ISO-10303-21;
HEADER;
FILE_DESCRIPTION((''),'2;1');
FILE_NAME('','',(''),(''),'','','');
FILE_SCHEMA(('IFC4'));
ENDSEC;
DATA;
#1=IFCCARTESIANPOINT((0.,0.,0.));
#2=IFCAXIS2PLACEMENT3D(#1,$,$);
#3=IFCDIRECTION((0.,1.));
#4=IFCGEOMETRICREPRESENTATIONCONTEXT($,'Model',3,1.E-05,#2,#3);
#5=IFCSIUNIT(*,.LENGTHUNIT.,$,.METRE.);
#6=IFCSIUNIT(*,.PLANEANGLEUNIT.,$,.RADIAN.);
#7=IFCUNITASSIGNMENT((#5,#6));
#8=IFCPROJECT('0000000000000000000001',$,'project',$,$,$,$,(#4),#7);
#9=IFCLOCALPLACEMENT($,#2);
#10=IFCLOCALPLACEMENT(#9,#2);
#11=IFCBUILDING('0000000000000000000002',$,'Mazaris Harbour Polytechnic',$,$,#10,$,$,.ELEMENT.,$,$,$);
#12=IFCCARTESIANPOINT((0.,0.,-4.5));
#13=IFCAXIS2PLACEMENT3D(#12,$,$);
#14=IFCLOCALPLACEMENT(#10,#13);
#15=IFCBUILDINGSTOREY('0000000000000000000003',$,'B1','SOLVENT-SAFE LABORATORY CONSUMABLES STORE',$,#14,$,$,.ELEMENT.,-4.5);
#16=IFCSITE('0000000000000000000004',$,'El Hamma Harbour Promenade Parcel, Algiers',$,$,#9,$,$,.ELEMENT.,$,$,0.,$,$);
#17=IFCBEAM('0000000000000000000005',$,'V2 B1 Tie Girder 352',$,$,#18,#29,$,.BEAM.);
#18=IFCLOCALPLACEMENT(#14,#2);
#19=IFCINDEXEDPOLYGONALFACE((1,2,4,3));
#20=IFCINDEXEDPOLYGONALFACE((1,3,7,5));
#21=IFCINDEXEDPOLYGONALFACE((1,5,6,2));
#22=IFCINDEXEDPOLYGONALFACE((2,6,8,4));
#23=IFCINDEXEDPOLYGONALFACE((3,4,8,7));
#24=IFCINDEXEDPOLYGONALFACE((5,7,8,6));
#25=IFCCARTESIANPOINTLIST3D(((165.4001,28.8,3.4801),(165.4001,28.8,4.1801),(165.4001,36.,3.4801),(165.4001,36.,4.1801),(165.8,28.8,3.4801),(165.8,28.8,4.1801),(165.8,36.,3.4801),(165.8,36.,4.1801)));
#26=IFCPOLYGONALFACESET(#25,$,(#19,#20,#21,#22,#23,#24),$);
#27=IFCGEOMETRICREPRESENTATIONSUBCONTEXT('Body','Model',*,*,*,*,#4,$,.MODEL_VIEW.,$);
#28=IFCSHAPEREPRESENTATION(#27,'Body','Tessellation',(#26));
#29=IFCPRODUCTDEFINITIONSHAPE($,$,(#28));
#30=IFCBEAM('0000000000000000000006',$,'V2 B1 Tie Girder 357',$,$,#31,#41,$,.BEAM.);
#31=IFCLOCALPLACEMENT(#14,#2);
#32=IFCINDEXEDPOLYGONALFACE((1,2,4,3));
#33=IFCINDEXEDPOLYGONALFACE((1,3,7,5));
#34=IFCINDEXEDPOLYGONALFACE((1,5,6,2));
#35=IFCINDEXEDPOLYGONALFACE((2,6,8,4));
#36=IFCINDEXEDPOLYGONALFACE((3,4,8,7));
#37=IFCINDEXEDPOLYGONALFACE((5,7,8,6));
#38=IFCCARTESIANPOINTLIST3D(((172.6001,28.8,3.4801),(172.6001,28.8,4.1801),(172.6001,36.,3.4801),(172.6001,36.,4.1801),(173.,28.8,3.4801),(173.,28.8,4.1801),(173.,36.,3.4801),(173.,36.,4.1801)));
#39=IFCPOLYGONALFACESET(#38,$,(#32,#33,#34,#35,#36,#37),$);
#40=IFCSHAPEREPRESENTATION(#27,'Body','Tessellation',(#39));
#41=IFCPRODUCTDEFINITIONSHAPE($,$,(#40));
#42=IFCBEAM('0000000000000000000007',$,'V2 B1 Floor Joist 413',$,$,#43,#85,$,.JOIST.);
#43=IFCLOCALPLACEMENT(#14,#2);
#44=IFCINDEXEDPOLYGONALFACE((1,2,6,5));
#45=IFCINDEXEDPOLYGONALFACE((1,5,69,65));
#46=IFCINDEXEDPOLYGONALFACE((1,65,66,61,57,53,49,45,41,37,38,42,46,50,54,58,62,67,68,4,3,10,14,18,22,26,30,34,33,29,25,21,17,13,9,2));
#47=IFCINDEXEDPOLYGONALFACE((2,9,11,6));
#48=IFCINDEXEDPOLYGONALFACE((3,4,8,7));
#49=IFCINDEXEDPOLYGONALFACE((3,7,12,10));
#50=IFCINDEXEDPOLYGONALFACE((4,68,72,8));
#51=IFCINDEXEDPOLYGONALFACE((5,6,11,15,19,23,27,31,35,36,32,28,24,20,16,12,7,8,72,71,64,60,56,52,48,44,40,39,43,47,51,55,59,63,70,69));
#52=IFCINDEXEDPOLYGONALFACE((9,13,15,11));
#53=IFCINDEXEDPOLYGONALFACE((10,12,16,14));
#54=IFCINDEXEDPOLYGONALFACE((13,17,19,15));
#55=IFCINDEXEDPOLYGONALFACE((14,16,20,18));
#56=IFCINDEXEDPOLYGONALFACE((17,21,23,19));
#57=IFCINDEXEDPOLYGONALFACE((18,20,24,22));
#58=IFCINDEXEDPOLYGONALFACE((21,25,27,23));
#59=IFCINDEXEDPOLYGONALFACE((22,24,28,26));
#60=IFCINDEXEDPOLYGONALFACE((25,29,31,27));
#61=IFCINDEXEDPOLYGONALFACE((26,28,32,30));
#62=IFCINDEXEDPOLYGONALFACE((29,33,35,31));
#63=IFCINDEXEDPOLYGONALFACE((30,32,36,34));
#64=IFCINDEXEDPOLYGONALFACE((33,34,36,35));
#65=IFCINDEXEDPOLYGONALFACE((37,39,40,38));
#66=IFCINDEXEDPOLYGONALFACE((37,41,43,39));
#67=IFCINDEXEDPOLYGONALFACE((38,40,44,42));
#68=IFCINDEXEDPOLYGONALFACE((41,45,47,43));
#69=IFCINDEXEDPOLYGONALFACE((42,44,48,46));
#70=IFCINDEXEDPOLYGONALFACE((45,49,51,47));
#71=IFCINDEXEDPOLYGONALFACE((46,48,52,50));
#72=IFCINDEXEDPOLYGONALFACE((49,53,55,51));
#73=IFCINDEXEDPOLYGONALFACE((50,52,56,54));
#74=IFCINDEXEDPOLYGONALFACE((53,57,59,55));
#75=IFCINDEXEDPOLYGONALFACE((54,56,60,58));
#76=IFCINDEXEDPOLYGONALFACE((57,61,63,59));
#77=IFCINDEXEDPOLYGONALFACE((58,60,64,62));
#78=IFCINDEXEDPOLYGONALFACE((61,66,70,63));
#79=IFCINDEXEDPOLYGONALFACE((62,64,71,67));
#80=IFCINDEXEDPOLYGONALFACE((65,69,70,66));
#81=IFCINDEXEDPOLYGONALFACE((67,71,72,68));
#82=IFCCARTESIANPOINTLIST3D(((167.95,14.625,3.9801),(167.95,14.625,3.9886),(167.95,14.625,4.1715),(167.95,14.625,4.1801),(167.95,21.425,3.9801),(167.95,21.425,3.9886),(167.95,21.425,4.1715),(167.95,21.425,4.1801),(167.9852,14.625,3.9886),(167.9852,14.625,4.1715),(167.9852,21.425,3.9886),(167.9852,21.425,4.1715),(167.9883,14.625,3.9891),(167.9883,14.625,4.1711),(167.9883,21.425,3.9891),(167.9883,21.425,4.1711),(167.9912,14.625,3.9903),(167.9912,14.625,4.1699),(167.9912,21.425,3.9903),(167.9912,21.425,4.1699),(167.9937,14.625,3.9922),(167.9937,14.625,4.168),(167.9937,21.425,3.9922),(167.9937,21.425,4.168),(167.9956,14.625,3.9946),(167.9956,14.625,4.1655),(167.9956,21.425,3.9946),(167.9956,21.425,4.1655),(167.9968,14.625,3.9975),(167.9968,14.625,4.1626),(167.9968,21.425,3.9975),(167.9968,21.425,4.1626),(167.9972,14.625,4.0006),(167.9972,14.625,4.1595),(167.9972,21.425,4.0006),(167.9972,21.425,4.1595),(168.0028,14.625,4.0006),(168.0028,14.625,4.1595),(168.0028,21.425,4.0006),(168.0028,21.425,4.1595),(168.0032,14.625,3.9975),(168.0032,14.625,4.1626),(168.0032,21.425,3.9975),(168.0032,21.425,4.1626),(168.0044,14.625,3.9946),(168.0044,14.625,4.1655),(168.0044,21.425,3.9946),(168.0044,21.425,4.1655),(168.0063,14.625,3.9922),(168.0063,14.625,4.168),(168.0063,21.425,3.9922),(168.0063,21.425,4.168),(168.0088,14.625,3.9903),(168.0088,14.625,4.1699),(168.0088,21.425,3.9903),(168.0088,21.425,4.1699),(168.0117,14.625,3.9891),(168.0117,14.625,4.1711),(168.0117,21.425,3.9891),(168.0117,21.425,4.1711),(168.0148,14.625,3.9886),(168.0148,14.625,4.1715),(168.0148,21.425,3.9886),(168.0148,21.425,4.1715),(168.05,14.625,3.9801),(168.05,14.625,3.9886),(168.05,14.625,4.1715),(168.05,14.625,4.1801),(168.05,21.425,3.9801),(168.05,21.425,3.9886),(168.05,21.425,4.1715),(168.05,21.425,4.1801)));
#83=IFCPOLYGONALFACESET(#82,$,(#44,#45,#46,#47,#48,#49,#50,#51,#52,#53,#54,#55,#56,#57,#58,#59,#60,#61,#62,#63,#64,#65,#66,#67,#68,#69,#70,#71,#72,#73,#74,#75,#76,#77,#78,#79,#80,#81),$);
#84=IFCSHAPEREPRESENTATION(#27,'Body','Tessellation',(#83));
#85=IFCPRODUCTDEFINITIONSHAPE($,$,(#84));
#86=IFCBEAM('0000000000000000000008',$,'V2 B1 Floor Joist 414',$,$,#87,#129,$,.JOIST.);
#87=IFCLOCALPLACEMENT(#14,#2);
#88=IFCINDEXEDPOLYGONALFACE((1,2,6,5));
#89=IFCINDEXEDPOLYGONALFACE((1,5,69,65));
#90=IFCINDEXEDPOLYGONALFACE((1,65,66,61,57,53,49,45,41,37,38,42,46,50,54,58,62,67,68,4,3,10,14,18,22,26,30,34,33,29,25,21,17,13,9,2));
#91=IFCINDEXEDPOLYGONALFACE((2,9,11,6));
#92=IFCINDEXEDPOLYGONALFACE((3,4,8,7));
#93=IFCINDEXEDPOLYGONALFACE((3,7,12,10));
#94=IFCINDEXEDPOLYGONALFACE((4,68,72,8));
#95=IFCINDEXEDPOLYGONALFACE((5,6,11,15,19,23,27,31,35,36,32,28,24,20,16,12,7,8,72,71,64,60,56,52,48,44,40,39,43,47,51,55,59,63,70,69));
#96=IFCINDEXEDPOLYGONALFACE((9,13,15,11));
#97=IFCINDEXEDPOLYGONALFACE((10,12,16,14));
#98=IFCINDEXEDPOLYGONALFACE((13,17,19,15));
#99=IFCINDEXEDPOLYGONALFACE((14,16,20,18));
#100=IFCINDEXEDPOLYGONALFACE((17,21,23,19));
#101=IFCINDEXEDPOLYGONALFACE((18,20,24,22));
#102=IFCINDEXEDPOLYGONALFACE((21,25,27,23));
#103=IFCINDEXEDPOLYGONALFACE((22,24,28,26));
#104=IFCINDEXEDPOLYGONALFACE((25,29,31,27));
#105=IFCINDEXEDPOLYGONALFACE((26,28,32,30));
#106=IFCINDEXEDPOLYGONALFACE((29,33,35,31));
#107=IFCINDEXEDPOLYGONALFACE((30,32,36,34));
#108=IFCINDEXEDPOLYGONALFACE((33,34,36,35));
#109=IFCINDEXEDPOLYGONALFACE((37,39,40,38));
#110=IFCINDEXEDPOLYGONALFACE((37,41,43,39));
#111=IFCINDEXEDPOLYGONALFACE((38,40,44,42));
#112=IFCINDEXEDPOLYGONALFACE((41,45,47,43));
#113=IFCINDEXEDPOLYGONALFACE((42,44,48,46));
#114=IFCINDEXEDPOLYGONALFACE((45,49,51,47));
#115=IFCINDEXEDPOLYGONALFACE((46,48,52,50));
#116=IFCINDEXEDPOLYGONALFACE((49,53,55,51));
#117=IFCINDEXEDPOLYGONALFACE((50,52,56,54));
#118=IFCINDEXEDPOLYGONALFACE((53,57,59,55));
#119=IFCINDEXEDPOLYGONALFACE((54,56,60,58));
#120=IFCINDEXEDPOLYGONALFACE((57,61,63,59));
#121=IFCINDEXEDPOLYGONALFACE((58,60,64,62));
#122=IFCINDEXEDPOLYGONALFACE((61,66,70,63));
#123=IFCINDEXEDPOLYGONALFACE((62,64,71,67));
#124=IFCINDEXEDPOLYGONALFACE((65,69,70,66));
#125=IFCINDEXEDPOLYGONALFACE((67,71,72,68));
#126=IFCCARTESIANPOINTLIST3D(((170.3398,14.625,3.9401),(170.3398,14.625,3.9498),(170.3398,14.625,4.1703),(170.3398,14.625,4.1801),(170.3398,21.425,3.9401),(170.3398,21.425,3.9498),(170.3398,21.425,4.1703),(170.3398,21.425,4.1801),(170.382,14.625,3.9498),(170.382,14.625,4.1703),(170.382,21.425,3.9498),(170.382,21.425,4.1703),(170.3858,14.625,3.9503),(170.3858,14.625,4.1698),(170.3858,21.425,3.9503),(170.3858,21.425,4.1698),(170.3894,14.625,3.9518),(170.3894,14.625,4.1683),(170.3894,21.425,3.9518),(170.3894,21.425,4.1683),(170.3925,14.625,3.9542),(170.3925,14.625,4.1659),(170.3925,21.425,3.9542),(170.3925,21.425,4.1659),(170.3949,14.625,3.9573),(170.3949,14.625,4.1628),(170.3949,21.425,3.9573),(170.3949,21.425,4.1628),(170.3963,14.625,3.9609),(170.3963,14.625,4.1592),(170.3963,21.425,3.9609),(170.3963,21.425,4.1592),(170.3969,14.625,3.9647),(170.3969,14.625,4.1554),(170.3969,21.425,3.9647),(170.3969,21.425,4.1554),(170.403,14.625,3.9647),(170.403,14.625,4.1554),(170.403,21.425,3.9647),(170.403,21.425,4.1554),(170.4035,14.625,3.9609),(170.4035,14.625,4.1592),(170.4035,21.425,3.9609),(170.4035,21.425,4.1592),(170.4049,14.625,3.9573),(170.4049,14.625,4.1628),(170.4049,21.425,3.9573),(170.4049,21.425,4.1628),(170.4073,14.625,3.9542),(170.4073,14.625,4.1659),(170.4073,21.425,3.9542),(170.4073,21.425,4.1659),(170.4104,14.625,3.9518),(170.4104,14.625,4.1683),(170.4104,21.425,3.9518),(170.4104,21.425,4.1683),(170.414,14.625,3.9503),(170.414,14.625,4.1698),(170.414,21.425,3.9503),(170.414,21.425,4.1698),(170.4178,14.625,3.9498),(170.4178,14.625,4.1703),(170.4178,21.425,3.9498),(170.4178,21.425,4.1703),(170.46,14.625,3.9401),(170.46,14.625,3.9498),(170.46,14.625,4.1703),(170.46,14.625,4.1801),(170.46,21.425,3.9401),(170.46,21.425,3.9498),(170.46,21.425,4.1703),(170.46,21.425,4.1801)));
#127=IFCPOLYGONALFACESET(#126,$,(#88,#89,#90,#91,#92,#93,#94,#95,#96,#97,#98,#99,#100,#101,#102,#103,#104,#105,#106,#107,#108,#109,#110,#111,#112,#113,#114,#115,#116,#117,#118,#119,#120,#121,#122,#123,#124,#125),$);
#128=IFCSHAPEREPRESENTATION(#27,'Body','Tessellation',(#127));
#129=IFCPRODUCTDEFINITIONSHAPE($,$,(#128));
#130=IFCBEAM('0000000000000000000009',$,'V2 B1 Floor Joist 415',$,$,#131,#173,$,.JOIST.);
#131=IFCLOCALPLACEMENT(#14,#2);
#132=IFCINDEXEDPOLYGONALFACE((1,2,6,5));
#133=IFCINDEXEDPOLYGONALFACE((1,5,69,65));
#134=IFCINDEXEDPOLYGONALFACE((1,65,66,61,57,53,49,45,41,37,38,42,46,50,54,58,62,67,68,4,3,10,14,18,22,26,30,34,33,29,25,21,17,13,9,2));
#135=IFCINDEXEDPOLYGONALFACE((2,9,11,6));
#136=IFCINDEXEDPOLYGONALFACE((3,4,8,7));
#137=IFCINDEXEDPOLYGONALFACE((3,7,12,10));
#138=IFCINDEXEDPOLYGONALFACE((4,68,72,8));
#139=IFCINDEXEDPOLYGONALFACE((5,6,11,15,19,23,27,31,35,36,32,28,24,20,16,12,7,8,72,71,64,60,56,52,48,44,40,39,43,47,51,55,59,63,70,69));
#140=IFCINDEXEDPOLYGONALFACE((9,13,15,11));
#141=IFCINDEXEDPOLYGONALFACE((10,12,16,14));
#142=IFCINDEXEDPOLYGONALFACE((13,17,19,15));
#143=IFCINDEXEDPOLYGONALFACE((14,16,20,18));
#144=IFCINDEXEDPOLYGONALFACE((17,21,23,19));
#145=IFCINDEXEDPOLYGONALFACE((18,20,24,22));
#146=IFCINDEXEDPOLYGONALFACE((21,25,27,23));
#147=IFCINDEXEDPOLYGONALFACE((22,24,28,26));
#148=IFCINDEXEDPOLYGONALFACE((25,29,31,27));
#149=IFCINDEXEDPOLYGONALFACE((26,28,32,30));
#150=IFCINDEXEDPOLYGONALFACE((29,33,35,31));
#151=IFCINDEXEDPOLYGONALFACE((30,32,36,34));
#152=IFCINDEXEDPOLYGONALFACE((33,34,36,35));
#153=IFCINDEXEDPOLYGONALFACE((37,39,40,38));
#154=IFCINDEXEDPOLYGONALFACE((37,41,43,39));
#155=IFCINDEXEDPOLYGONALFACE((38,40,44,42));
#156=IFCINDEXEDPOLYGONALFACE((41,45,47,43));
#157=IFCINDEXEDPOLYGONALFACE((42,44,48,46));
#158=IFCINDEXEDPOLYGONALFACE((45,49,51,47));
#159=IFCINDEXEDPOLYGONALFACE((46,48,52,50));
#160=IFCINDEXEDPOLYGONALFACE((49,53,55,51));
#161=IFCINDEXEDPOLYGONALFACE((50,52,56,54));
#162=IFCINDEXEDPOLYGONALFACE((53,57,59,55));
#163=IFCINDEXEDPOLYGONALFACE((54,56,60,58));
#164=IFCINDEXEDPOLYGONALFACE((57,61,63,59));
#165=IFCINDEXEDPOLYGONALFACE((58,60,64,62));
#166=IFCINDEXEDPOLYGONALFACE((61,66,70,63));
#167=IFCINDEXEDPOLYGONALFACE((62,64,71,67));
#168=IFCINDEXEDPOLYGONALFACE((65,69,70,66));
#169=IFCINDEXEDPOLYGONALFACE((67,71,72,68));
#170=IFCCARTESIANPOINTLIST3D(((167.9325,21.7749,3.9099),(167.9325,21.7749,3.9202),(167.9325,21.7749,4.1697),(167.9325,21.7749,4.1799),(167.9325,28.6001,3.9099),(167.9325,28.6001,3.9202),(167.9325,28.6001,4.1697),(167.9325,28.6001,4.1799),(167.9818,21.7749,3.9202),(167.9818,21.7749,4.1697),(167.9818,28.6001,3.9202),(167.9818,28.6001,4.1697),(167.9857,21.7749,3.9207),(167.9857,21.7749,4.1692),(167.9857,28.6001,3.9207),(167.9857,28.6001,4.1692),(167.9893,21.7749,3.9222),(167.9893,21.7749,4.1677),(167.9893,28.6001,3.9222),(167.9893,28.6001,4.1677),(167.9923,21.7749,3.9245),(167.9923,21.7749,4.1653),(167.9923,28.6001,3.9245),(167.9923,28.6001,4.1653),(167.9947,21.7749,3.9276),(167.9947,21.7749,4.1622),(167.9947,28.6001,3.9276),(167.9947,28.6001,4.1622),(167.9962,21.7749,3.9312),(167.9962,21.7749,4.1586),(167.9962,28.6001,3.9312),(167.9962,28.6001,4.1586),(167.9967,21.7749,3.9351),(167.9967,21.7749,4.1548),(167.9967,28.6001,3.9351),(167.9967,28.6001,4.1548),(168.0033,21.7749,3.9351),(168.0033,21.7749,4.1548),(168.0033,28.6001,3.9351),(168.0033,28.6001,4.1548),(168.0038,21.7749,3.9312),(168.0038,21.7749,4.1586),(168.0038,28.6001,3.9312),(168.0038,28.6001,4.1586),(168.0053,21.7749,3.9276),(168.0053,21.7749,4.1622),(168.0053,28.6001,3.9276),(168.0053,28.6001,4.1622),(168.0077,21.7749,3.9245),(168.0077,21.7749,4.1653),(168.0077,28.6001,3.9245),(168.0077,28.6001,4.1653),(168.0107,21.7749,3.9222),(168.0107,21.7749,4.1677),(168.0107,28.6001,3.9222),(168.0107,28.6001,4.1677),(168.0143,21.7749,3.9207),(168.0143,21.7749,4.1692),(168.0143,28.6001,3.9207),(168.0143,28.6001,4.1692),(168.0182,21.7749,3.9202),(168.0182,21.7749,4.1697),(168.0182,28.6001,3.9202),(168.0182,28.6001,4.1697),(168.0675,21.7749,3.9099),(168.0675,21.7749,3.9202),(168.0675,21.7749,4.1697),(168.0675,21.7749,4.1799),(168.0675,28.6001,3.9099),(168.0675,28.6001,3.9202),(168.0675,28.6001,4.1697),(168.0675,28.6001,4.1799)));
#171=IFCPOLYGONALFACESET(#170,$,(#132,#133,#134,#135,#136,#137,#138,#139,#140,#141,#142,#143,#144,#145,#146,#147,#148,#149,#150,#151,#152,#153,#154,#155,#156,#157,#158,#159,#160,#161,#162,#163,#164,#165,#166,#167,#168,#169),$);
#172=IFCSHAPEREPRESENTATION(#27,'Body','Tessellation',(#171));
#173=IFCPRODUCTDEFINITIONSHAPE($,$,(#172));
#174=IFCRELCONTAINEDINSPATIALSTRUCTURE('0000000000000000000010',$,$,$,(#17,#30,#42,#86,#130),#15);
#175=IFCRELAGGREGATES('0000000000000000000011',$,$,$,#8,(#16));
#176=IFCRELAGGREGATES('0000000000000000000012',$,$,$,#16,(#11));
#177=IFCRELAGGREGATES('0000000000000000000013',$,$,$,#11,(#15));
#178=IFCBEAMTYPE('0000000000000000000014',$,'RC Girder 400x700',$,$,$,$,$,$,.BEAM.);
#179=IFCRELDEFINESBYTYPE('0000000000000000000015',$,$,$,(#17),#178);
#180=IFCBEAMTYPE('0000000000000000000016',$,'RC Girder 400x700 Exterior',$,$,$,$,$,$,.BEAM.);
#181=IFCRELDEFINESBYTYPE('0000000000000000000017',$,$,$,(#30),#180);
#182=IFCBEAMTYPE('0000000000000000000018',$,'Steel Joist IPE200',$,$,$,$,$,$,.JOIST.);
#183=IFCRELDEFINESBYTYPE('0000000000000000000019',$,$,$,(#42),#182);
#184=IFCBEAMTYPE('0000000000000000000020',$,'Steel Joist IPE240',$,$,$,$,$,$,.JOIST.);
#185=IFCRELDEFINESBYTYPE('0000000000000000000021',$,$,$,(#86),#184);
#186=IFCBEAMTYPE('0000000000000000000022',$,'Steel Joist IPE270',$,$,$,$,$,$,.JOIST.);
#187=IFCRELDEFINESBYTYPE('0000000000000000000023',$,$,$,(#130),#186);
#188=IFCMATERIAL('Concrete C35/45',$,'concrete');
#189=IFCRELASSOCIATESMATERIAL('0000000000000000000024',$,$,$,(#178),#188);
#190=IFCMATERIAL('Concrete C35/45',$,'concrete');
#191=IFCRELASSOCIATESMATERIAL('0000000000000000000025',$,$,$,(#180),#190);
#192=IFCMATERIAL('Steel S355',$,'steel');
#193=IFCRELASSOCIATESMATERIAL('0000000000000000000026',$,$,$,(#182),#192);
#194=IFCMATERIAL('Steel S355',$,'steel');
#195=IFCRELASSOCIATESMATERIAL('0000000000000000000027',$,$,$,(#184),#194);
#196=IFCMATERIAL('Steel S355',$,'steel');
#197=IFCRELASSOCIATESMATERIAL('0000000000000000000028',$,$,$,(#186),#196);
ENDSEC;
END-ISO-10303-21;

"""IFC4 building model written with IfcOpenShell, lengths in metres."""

from ifc_helpers import new_model, si_unit, direction, frame, origin, origin_2d, place, context, subcontext, project, spatial, rectangle, i_section, extrude, material, material_profile, profile_set, type_object, element, save


model = new_model("IFC4")

# Units and contexts
model_context = context("Model", 3, precision=1e-05, world=origin(), true_north=direction((0.0, 1.0)))
body_context = subcontext(model_context, "Body", "Model", "MODEL_VIEW")
ifc_project = project(units=[si_unit("LENGTHUNIT", "METRE"), si_unit("PLANEANGLEUNIT", "RADIAN")], contexts=[model_context])

# Site, building, storey
site_placement = place(None, origin())
site = spatial("IfcSite", under=ifc_project, at=site_placement, Name="El Hamma Harbour Promenade Parcel, Algiers", CompositionType="ELEMENT", RefElevation=0.0)
building_placement = place(site_placement, origin())
building = spatial("IfcBuilding", under=site, at=building_placement, Name="Mazaris Harbour Polytechnic", CompositionType="ELEMENT")
storey_placement = place(building_placement, frame((0.0, 0.0, -4.5)))
storey = spatial("IfcBuildingStorey", under=building, at=storey_placement, Name="B1", Description="SOLVENT-SAFE LABORATORY CONSUMABLES STORE", CompositionType="ELEMENT", Elevation=-4.5)

# Beams
ifc_material_1 = material(Name="Concrete C35/45", Category="concrete")
ifc_material_profile_1 = material_profile(ifc_material_1, rectangle(XDim=0.3999, YDim=0.7, at=origin_2d()), Name="RECT400x700")
ifc_profile_set_1 = profile_set([ifc_material_profile_1], Name="Concrete C35/45")
beam_type_1 = type_object("IfcBeamType", Name="RC Girder 400x700", PredefinedType="BEAM", material=ifc_profile_set_1)
beam_1_placement = place(storey_placement, frame((165.6001, 28.8, 3.8301), z_axis=(0.0, 1.0, 0.0), x_axis=(-1.0, 0.0, 0.0)))
element("IfcBeam", 1, at=beam_1_placement, inside=storey, type_object=beam_type_1, Name="V2 B1 Tie Girder 352", PredefinedType="BEAM", context=body_context, shape_type="SweptSolid", body=[
    extrude(rectangle(XDim=0.3999, YDim=0.7, at=origin_2d()), origin(), (0.0, 0.0, 1.0), 7.2),
])
ifc_material_2 = material(Name="Concrete C35/45", Category="concrete")
ifc_material_profile_2 = material_profile(ifc_material_2, rectangle(XDim=0.3999, YDim=0.7, at=origin_2d()), Name="RECT400x700")
ifc_profile_set_2 = profile_set([ifc_material_profile_2], Name="Concrete C35/45")
beam_type_2 = type_object("IfcBeamType", Name="RC Girder 400x700 Exterior", PredefinedType="BEAM", material=ifc_profile_set_2)
beam_2_placement = place(storey_placement, frame((172.8, 28.8, 3.8301), z_axis=(0.0, 1.0, 0.0), x_axis=(-1.0, 0.0, 0.0)))
element("IfcBeam", 2, at=beam_2_placement, inside=storey, type_object=beam_type_2, Name="V2 B1 Tie Girder 357", PredefinedType="BEAM", context=body_context, shape_type="SweptSolid", body=[
    extrude(rectangle(XDim=0.3999, YDim=0.7, at=origin_2d()), origin(), (0.0, 0.0, 1.0), 7.2),
])
ifc_material_3 = material(Name="Steel S355", Category="steel")
ifc_material_profile_3 = material_profile(ifc_material_3, i_section(OverallWidth=0.1001, OverallDepth=0.2, WebThickness=0.0056, FlangeThickness=0.0085, FilletRadius=0.012, at=origin_2d()), Name="IPE 200")
ifc_profile_set_3 = profile_set([ifc_material_profile_3], Name="Steel S355")
beam_type_3 = type_object("IfcBeamType", Name="Steel Joist IPE200", PredefinedType="JOIST", material=ifc_profile_set_3)
beam_3_placement = place(storey_placement, frame((168.0, 14.625, 4.0801), z_axis=(0.0, 1.0, 0.0), x_axis=(-1.0, 0.0, 0.0)))
element("IfcBeam", 3, at=beam_3_placement, inside=storey, type_object=beam_type_3, Name="V2 B1 Floor Joist 413", PredefinedType="JOIST", context=body_context, shape_type="SweptSolid", body=[
    extrude(i_section(OverallWidth=0.1001, OverallDepth=0.2, WebThickness=0.0056, FlangeThickness=0.0085, FilletRadius=0.012, at=origin_2d()), origin(), (0.0, 0.0, 1.0), 6.8),
])
ifc_material_4 = material(Name="Steel S355", Category="steel")
ifc_material_profile_4 = material_profile(ifc_material_4, i_section(OverallWidth=0.1201, OverallDepth=0.24, WebThickness=0.0061, FlangeThickness=0.0098, FilletRadius=0.0149, at=origin_2d()), Name="IPE 240")
ifc_profile_set_4 = profile_set([ifc_material_profile_4], Name="Steel S355")
beam_type_4 = type_object("IfcBeamType", Name="Steel Joist IPE240", PredefinedType="JOIST", material=ifc_profile_set_4)
beam_4_placement = place(storey_placement, frame((170.3999, 14.625, 4.0601), z_axis=(0.0, 1.0, 0.0), x_axis=(-1.0, 0.0, 0.0)))
element("IfcBeam", 4, at=beam_4_placement, inside=storey, type_object=beam_type_4, Name="V2 B1 Floor Joist 414", PredefinedType="JOIST", context=body_context, shape_type="SweptSolid", body=[
    extrude(i_section(OverallWidth=0.1201, OverallDepth=0.24, WebThickness=0.0061, FlangeThickness=0.0098, FilletRadius=0.0149, at=origin_2d()), origin(), (0.0, 0.0, 1.0), 6.8),
])
ifc_material_5 = material(Name="Steel S355", Category="steel")
ifc_material_profile_5 = material_profile(ifc_material_5, i_section(OverallWidth=0.135, OverallDepth=0.27, WebThickness=0.0066, FlangeThickness=0.0103, FilletRadius=0.0149, at=origin_2d()), Name="IPE 270")
ifc_profile_set_5 = profile_set([ifc_material_profile_5], Name="Steel S355")
beam_type_5 = type_object("IfcBeamType", Name="Steel Joist IPE270", PredefinedType="JOIST", material=ifc_profile_set_5)
beam_5_placement = place(storey_placement, frame((168.0, 21.7749, 4.0449), z_axis=(0.0, 1.0, 0.0), x_axis=(-1.0, 0.0, 0.0)))
element("IfcBeam", 5, at=beam_5_placement, inside=storey, type_object=beam_type_5, Name="V2 B1 Floor Joist 415", PredefinedType="JOIST", context=body_context, shape_type="SweptSolid", body=[
    extrude(i_section(OverallWidth=0.135, OverallDepth=0.27, WebThickness=0.0066, FlangeThickness=0.0103, FilletRadius=0.0149, at=origin_2d()), origin(), (0.0, 0.0, 1.0), 6.8252),
])

save(model, "model.ifc")
